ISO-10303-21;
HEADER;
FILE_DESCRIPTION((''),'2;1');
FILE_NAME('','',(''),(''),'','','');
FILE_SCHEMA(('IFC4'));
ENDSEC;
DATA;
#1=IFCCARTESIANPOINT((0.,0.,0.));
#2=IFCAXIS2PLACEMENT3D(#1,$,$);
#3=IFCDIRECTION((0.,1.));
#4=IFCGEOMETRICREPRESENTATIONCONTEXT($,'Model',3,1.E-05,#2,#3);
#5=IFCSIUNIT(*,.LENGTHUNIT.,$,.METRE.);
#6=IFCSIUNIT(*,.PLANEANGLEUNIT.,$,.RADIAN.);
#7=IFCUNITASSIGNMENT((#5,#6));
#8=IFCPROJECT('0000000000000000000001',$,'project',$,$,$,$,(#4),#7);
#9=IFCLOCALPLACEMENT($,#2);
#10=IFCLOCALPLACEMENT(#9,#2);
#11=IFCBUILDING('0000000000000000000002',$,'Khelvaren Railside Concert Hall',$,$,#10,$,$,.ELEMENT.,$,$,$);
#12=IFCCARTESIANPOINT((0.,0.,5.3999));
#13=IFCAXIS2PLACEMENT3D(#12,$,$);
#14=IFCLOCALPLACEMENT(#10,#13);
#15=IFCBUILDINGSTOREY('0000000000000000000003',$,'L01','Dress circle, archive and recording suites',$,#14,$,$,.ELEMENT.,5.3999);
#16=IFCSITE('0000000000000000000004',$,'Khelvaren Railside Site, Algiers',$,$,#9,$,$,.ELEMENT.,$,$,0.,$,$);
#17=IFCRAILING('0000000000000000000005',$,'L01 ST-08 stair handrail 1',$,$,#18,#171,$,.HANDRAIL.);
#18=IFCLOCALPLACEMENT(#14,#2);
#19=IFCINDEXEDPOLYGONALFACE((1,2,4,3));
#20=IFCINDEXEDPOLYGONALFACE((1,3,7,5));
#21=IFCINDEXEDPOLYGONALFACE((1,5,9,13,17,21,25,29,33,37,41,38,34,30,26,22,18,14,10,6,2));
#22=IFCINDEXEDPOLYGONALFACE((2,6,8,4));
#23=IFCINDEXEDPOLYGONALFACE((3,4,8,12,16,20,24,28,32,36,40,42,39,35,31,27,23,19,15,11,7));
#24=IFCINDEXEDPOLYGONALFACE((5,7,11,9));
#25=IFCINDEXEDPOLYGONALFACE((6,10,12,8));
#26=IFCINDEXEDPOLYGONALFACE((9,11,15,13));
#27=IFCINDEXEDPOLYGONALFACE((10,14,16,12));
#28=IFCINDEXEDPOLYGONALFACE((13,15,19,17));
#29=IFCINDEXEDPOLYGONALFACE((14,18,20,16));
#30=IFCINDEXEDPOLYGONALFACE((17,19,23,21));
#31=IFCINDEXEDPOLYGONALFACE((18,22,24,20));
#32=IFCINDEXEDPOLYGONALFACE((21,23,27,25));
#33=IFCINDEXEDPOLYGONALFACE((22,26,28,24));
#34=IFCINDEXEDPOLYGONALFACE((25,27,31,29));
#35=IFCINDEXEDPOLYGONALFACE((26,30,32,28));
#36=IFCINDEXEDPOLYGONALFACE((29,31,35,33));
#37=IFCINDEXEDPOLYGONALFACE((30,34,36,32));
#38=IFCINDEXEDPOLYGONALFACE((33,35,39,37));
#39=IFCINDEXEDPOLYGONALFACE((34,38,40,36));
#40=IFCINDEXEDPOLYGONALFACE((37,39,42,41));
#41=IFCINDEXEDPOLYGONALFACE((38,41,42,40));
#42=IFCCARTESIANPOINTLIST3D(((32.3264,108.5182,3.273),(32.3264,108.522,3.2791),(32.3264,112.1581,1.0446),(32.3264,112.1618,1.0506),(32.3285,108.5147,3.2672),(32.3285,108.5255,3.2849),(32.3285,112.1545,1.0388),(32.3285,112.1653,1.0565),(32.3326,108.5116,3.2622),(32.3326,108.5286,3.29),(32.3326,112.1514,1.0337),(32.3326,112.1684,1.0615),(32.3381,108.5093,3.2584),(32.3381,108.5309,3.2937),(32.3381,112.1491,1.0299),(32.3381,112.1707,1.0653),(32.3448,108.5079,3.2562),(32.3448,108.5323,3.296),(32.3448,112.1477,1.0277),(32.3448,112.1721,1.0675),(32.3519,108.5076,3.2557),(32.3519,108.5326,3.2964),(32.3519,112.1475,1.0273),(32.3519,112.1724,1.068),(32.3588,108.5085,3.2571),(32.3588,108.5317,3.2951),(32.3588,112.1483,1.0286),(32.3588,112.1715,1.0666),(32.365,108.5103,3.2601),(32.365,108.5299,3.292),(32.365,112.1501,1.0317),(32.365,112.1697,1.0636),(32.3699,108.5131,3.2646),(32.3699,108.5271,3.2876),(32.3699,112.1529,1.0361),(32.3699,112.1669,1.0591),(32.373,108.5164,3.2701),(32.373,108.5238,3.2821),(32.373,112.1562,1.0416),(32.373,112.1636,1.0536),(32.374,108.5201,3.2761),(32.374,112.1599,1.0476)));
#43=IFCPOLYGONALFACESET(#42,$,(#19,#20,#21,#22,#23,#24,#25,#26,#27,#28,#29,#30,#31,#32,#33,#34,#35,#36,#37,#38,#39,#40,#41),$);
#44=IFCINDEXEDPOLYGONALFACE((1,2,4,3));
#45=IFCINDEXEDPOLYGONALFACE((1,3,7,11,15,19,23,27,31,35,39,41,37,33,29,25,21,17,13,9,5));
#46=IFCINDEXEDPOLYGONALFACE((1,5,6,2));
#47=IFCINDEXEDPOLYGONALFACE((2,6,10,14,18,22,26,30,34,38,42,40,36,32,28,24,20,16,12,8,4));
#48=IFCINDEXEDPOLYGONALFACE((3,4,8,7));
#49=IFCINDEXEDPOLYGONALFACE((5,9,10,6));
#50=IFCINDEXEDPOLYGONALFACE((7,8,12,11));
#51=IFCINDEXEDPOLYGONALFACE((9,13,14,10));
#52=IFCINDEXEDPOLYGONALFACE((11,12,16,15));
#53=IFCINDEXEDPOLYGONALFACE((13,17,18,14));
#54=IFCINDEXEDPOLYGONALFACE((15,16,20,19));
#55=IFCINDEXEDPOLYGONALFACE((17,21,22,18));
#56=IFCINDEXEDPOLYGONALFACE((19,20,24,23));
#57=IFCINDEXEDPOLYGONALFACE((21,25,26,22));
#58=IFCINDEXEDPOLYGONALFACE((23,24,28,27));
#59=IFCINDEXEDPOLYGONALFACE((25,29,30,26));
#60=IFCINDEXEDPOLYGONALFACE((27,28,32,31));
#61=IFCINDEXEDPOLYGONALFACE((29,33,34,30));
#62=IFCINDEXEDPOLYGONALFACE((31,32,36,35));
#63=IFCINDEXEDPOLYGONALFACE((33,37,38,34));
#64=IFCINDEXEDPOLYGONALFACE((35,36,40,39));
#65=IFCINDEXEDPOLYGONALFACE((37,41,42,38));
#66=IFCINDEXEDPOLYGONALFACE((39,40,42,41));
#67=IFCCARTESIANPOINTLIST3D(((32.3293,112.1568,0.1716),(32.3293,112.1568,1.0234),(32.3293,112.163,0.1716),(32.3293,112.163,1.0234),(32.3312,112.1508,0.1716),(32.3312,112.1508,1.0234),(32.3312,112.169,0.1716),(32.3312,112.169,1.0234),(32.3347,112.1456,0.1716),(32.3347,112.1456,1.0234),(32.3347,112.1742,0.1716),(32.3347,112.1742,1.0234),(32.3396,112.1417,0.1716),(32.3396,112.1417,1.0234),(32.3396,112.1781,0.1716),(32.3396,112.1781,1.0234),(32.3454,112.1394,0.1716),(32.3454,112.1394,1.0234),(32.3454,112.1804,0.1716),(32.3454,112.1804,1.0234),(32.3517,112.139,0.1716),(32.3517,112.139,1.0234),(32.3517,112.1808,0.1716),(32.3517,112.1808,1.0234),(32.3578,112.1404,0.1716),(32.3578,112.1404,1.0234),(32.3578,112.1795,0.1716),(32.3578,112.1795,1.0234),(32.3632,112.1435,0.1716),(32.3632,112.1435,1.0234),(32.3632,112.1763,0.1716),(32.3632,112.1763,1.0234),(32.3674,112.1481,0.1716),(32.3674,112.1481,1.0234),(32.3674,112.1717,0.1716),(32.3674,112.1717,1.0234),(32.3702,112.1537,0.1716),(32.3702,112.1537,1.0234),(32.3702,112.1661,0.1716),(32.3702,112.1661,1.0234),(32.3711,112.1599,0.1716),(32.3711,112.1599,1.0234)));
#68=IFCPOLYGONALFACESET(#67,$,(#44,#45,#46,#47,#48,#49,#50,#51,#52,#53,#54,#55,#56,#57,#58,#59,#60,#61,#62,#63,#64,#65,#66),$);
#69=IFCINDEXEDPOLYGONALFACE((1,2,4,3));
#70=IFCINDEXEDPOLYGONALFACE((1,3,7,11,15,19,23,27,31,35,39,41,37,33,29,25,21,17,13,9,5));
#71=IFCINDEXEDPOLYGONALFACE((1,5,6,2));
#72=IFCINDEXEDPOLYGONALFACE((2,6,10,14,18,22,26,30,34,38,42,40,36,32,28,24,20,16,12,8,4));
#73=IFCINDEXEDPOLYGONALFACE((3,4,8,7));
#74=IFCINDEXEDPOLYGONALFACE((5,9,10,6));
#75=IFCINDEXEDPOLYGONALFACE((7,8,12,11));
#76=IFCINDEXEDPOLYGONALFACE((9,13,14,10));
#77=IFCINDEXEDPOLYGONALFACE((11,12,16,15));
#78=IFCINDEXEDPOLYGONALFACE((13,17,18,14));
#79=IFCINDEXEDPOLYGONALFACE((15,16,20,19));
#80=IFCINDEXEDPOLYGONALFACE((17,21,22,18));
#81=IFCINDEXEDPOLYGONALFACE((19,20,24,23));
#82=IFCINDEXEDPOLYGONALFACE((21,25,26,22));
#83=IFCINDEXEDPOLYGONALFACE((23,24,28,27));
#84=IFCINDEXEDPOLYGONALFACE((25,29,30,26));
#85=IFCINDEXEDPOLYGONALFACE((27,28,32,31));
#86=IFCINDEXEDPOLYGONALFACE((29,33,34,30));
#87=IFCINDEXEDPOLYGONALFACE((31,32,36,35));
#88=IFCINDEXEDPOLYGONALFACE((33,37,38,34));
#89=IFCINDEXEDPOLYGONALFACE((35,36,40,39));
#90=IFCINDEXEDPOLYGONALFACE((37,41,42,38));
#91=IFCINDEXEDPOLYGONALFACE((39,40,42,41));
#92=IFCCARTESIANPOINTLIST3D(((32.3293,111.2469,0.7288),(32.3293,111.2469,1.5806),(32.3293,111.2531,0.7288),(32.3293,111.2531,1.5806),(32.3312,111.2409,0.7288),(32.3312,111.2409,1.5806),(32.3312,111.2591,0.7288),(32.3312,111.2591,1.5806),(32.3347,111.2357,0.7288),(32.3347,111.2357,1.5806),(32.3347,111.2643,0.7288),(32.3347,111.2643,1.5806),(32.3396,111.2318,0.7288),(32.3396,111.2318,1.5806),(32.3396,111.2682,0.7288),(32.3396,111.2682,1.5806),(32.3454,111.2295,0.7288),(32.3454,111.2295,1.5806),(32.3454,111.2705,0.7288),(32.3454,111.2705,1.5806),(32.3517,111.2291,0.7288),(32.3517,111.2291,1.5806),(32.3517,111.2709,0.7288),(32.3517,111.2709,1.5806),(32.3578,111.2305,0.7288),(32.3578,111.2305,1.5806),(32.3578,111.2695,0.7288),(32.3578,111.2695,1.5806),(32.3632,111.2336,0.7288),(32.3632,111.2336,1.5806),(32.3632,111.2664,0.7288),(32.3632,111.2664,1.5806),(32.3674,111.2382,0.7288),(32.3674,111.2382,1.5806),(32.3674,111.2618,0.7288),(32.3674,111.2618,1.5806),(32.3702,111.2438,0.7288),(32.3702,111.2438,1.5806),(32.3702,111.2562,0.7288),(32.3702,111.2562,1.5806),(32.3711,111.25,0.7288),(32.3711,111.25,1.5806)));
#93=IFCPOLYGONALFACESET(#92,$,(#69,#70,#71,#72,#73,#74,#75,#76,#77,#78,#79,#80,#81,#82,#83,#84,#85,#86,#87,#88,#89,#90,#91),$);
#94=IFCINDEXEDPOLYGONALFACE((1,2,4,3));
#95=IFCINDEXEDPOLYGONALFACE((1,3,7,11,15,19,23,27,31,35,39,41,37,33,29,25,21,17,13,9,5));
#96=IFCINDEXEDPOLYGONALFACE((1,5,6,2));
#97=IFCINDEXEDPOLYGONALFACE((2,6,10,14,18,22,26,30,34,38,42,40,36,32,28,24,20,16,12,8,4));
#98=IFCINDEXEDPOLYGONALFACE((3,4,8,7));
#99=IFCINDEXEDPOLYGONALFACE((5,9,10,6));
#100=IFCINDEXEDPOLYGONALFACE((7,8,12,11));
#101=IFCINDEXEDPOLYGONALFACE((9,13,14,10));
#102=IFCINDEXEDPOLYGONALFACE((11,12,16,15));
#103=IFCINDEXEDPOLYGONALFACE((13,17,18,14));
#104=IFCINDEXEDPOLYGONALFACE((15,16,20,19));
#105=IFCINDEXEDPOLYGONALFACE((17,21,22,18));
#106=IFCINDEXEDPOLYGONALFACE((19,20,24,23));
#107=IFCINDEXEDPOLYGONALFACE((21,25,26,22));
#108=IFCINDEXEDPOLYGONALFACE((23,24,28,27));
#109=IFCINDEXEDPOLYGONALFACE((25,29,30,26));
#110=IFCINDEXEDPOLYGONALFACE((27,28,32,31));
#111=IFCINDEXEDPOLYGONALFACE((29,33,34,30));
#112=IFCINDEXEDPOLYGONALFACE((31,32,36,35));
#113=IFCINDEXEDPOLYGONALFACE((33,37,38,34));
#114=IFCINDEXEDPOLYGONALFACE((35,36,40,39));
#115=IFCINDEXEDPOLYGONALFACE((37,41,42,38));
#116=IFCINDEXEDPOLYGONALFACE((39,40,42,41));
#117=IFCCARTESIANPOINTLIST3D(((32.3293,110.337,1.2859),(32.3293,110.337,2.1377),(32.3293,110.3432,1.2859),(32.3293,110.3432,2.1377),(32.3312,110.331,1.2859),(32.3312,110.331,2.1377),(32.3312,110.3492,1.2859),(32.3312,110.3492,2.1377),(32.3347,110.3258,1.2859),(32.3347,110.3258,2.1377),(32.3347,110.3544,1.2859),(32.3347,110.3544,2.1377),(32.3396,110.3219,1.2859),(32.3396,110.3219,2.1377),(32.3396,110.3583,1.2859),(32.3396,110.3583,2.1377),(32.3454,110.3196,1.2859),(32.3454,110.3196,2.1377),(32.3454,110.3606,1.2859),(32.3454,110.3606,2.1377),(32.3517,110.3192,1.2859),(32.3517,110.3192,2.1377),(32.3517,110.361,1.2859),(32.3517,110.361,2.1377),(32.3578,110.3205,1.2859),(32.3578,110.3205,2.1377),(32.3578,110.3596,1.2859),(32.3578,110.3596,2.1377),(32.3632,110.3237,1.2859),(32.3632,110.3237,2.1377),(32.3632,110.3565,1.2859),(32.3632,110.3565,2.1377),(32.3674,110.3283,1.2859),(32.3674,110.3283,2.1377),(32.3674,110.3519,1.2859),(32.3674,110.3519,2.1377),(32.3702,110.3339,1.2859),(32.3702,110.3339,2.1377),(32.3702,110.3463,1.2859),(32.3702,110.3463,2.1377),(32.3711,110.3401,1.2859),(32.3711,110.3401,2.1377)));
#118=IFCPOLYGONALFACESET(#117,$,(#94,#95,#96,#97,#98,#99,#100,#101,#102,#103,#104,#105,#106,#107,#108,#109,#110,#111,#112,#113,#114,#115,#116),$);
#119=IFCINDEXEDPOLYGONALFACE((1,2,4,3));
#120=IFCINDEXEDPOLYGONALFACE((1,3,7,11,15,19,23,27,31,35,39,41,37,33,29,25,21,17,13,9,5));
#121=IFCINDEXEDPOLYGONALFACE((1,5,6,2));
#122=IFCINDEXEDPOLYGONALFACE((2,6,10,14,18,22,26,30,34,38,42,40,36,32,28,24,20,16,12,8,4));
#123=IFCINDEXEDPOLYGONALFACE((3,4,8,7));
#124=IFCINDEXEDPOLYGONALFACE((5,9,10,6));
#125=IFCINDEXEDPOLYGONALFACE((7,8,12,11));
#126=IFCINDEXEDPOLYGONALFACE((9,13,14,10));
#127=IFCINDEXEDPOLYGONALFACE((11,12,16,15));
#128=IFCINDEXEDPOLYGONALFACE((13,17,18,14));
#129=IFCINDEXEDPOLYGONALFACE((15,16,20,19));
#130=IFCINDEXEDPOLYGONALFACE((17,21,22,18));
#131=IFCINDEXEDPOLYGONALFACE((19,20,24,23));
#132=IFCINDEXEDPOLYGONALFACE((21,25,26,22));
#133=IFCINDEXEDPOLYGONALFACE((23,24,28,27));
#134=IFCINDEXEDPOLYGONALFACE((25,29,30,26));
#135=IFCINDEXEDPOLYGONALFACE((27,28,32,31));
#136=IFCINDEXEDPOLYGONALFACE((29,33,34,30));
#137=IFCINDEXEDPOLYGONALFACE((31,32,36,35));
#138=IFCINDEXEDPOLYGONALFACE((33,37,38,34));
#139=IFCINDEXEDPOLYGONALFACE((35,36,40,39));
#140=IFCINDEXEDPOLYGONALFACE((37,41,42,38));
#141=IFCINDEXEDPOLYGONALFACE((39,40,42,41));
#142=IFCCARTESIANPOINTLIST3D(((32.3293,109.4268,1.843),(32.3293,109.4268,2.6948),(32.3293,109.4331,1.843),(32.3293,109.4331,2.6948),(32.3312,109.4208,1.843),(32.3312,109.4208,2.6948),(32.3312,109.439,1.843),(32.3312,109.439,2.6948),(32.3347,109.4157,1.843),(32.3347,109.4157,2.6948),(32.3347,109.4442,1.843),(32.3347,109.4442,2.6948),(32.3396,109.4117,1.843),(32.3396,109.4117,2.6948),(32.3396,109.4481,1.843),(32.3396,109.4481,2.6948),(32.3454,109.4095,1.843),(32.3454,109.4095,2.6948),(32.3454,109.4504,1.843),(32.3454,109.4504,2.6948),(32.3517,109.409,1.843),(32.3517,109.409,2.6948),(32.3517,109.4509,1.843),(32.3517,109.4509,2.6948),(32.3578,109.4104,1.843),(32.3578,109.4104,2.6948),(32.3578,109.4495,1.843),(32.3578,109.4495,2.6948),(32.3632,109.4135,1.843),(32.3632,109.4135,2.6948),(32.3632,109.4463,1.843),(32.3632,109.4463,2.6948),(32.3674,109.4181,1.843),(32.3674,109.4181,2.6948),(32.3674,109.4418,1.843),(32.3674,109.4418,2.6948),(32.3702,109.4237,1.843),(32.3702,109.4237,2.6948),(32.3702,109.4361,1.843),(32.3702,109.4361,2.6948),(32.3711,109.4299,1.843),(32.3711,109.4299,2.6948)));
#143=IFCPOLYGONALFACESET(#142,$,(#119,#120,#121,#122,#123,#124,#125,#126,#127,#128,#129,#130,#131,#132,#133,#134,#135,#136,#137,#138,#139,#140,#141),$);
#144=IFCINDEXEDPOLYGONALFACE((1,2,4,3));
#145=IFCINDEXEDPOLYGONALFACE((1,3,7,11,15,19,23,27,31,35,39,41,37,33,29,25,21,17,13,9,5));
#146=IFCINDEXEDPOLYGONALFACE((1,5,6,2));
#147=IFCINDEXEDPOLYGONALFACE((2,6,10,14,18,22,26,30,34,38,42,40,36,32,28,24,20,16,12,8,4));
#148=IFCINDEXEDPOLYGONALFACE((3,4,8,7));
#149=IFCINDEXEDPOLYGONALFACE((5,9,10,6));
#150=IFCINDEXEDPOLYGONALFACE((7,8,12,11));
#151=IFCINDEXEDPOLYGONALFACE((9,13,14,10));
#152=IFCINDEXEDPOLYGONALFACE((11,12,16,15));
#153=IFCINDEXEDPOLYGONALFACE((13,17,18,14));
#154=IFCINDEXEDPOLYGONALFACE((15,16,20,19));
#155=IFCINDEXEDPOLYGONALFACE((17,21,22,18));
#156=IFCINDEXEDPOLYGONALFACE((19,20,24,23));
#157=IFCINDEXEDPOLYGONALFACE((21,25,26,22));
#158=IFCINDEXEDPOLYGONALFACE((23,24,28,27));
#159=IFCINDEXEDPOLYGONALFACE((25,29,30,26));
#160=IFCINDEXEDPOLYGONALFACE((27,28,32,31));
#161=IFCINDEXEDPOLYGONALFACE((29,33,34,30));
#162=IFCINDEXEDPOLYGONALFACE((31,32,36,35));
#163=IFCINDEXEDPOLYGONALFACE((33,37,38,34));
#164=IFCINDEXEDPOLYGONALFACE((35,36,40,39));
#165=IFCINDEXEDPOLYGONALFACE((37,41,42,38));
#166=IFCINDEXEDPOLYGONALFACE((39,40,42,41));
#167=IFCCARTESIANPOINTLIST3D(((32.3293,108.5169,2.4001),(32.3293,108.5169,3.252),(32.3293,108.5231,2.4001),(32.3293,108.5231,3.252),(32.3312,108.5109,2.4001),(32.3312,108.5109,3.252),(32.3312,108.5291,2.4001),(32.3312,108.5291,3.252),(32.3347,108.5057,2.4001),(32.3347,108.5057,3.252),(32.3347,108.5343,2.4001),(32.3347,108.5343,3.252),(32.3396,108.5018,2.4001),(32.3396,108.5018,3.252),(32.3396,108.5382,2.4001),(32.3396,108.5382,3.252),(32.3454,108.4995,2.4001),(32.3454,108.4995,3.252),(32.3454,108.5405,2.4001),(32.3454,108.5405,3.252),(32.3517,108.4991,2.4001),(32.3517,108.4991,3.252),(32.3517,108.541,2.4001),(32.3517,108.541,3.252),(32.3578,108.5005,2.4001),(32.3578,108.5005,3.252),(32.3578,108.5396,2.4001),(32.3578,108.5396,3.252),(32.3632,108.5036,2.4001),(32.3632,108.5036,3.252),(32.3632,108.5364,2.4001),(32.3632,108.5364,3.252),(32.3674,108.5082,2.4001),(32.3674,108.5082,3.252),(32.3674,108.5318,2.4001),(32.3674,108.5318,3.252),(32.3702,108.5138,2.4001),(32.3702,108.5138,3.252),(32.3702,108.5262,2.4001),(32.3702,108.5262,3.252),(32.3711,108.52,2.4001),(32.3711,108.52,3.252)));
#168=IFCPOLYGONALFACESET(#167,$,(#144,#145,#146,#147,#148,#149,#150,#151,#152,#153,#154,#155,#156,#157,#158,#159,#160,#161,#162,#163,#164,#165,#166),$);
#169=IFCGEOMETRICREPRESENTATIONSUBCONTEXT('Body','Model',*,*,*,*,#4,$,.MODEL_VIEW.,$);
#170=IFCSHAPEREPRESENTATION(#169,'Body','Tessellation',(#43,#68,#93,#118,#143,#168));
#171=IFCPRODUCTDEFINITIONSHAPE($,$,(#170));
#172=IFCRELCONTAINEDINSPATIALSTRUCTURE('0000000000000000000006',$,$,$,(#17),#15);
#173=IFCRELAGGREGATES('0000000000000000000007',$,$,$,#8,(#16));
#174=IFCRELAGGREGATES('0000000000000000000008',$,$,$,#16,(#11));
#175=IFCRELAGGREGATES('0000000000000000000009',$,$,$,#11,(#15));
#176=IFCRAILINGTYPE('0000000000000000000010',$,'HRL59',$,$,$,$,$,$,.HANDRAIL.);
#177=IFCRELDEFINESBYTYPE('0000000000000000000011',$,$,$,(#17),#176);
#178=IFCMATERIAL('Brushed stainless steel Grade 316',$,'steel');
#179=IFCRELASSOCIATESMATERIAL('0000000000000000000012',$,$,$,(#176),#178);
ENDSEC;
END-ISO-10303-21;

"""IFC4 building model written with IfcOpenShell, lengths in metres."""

from ifc_helpers import new_model, si_unit, direction, frame, origin, origin_2d, place, context, subcontext, project, spatial, circle, extrude, material, type_object, element, save


model = new_model("IFC4")

# Units and contexts
model_context = context("Model", 3, precision=1e-05, world=origin(), true_north=direction((0.0, 1.0)))
body_context = subcontext(model_context, "Body", "Model", "MODEL_VIEW")
ifc_project = project(units=[si_unit("LENGTHUNIT", "METRE"), si_unit("PLANEANGLEUNIT", "RADIAN")], contexts=[model_context])

# Site, building, storey
site_placement = place(None, origin())
site = spatial("IfcSite", under=ifc_project, at=site_placement, Name="Khelvaren Railside Site, Algiers", CompositionType="ELEMENT", RefElevation=0.0)
building_placement = place(site_placement, origin())
building = spatial("IfcBuilding", under=site, at=building_placement, Name="Khelvaren Railside Concert Hall", CompositionType="ELEMENT")
storey_placement = place(building_placement, frame((0.0, 0.0, 5.3999)))
storey = spatial("IfcBuildingStorey", under=building, at=storey_placement, Name="L01", Description="Dress circle, archive and recording suites", CompositionType="ELEMENT", Elevation=5.3999)

# Railing
ifc_material_1 = material(Name="Brushed stainless steel Grade 316", Category="steel")
railing_type_1 = type_object("IfcRailingType", Name="HRL59", PredefinedType="HANDRAIL", material=ifc_material_1)
railing_1_placement = place(storey_placement, frame((32.3501, 112.1599, 0.1716)))
element("IfcRailing", 1, at=railing_1_placement, inside=storey, type_object=railing_type_1, Name="L01 ST-08 stair handrail 1", PredefinedType="HANDRAIL", context=body_context, shape_type="SweptSolid", body=[
    extrude(circle(Radius=0.0239, at=origin_2d()), frame((0.0, 0.0, 0.876), z_axis=(0.0, -0.85285, 0.522156), x_axis=(1.0, 0.0, 0.0)), (0.0, 0.0, 1.0), 4.2678),
    extrude(circle(Radius=0.021, at=origin_2d()), origin(), (0.0, 0.0, 1.0), 0.8518),
    extrude(circle(Radius=0.021, at=origin_2d()), frame((0.0, -0.9099, 0.5571)), (0.0, 0.0, 1.0), 0.8518),
    extrude(circle(Radius=0.021, at=origin_2d()), frame((0.0, -1.8198, 1.1143)), (0.0, 0.0, 1.0), 0.8518),
    extrude(circle(Radius=0.021, at=origin_2d()), frame((0.0, -2.73, 1.6714)), (0.0, 0.0, 1.0), 0.8518),
    extrude(circle(Radius=0.021, at=origin_2d()), frame((0.0, -3.6399, 2.2285)), (0.0, 0.0, 1.0), 0.8518),
])

save(model, "model.ifc")
